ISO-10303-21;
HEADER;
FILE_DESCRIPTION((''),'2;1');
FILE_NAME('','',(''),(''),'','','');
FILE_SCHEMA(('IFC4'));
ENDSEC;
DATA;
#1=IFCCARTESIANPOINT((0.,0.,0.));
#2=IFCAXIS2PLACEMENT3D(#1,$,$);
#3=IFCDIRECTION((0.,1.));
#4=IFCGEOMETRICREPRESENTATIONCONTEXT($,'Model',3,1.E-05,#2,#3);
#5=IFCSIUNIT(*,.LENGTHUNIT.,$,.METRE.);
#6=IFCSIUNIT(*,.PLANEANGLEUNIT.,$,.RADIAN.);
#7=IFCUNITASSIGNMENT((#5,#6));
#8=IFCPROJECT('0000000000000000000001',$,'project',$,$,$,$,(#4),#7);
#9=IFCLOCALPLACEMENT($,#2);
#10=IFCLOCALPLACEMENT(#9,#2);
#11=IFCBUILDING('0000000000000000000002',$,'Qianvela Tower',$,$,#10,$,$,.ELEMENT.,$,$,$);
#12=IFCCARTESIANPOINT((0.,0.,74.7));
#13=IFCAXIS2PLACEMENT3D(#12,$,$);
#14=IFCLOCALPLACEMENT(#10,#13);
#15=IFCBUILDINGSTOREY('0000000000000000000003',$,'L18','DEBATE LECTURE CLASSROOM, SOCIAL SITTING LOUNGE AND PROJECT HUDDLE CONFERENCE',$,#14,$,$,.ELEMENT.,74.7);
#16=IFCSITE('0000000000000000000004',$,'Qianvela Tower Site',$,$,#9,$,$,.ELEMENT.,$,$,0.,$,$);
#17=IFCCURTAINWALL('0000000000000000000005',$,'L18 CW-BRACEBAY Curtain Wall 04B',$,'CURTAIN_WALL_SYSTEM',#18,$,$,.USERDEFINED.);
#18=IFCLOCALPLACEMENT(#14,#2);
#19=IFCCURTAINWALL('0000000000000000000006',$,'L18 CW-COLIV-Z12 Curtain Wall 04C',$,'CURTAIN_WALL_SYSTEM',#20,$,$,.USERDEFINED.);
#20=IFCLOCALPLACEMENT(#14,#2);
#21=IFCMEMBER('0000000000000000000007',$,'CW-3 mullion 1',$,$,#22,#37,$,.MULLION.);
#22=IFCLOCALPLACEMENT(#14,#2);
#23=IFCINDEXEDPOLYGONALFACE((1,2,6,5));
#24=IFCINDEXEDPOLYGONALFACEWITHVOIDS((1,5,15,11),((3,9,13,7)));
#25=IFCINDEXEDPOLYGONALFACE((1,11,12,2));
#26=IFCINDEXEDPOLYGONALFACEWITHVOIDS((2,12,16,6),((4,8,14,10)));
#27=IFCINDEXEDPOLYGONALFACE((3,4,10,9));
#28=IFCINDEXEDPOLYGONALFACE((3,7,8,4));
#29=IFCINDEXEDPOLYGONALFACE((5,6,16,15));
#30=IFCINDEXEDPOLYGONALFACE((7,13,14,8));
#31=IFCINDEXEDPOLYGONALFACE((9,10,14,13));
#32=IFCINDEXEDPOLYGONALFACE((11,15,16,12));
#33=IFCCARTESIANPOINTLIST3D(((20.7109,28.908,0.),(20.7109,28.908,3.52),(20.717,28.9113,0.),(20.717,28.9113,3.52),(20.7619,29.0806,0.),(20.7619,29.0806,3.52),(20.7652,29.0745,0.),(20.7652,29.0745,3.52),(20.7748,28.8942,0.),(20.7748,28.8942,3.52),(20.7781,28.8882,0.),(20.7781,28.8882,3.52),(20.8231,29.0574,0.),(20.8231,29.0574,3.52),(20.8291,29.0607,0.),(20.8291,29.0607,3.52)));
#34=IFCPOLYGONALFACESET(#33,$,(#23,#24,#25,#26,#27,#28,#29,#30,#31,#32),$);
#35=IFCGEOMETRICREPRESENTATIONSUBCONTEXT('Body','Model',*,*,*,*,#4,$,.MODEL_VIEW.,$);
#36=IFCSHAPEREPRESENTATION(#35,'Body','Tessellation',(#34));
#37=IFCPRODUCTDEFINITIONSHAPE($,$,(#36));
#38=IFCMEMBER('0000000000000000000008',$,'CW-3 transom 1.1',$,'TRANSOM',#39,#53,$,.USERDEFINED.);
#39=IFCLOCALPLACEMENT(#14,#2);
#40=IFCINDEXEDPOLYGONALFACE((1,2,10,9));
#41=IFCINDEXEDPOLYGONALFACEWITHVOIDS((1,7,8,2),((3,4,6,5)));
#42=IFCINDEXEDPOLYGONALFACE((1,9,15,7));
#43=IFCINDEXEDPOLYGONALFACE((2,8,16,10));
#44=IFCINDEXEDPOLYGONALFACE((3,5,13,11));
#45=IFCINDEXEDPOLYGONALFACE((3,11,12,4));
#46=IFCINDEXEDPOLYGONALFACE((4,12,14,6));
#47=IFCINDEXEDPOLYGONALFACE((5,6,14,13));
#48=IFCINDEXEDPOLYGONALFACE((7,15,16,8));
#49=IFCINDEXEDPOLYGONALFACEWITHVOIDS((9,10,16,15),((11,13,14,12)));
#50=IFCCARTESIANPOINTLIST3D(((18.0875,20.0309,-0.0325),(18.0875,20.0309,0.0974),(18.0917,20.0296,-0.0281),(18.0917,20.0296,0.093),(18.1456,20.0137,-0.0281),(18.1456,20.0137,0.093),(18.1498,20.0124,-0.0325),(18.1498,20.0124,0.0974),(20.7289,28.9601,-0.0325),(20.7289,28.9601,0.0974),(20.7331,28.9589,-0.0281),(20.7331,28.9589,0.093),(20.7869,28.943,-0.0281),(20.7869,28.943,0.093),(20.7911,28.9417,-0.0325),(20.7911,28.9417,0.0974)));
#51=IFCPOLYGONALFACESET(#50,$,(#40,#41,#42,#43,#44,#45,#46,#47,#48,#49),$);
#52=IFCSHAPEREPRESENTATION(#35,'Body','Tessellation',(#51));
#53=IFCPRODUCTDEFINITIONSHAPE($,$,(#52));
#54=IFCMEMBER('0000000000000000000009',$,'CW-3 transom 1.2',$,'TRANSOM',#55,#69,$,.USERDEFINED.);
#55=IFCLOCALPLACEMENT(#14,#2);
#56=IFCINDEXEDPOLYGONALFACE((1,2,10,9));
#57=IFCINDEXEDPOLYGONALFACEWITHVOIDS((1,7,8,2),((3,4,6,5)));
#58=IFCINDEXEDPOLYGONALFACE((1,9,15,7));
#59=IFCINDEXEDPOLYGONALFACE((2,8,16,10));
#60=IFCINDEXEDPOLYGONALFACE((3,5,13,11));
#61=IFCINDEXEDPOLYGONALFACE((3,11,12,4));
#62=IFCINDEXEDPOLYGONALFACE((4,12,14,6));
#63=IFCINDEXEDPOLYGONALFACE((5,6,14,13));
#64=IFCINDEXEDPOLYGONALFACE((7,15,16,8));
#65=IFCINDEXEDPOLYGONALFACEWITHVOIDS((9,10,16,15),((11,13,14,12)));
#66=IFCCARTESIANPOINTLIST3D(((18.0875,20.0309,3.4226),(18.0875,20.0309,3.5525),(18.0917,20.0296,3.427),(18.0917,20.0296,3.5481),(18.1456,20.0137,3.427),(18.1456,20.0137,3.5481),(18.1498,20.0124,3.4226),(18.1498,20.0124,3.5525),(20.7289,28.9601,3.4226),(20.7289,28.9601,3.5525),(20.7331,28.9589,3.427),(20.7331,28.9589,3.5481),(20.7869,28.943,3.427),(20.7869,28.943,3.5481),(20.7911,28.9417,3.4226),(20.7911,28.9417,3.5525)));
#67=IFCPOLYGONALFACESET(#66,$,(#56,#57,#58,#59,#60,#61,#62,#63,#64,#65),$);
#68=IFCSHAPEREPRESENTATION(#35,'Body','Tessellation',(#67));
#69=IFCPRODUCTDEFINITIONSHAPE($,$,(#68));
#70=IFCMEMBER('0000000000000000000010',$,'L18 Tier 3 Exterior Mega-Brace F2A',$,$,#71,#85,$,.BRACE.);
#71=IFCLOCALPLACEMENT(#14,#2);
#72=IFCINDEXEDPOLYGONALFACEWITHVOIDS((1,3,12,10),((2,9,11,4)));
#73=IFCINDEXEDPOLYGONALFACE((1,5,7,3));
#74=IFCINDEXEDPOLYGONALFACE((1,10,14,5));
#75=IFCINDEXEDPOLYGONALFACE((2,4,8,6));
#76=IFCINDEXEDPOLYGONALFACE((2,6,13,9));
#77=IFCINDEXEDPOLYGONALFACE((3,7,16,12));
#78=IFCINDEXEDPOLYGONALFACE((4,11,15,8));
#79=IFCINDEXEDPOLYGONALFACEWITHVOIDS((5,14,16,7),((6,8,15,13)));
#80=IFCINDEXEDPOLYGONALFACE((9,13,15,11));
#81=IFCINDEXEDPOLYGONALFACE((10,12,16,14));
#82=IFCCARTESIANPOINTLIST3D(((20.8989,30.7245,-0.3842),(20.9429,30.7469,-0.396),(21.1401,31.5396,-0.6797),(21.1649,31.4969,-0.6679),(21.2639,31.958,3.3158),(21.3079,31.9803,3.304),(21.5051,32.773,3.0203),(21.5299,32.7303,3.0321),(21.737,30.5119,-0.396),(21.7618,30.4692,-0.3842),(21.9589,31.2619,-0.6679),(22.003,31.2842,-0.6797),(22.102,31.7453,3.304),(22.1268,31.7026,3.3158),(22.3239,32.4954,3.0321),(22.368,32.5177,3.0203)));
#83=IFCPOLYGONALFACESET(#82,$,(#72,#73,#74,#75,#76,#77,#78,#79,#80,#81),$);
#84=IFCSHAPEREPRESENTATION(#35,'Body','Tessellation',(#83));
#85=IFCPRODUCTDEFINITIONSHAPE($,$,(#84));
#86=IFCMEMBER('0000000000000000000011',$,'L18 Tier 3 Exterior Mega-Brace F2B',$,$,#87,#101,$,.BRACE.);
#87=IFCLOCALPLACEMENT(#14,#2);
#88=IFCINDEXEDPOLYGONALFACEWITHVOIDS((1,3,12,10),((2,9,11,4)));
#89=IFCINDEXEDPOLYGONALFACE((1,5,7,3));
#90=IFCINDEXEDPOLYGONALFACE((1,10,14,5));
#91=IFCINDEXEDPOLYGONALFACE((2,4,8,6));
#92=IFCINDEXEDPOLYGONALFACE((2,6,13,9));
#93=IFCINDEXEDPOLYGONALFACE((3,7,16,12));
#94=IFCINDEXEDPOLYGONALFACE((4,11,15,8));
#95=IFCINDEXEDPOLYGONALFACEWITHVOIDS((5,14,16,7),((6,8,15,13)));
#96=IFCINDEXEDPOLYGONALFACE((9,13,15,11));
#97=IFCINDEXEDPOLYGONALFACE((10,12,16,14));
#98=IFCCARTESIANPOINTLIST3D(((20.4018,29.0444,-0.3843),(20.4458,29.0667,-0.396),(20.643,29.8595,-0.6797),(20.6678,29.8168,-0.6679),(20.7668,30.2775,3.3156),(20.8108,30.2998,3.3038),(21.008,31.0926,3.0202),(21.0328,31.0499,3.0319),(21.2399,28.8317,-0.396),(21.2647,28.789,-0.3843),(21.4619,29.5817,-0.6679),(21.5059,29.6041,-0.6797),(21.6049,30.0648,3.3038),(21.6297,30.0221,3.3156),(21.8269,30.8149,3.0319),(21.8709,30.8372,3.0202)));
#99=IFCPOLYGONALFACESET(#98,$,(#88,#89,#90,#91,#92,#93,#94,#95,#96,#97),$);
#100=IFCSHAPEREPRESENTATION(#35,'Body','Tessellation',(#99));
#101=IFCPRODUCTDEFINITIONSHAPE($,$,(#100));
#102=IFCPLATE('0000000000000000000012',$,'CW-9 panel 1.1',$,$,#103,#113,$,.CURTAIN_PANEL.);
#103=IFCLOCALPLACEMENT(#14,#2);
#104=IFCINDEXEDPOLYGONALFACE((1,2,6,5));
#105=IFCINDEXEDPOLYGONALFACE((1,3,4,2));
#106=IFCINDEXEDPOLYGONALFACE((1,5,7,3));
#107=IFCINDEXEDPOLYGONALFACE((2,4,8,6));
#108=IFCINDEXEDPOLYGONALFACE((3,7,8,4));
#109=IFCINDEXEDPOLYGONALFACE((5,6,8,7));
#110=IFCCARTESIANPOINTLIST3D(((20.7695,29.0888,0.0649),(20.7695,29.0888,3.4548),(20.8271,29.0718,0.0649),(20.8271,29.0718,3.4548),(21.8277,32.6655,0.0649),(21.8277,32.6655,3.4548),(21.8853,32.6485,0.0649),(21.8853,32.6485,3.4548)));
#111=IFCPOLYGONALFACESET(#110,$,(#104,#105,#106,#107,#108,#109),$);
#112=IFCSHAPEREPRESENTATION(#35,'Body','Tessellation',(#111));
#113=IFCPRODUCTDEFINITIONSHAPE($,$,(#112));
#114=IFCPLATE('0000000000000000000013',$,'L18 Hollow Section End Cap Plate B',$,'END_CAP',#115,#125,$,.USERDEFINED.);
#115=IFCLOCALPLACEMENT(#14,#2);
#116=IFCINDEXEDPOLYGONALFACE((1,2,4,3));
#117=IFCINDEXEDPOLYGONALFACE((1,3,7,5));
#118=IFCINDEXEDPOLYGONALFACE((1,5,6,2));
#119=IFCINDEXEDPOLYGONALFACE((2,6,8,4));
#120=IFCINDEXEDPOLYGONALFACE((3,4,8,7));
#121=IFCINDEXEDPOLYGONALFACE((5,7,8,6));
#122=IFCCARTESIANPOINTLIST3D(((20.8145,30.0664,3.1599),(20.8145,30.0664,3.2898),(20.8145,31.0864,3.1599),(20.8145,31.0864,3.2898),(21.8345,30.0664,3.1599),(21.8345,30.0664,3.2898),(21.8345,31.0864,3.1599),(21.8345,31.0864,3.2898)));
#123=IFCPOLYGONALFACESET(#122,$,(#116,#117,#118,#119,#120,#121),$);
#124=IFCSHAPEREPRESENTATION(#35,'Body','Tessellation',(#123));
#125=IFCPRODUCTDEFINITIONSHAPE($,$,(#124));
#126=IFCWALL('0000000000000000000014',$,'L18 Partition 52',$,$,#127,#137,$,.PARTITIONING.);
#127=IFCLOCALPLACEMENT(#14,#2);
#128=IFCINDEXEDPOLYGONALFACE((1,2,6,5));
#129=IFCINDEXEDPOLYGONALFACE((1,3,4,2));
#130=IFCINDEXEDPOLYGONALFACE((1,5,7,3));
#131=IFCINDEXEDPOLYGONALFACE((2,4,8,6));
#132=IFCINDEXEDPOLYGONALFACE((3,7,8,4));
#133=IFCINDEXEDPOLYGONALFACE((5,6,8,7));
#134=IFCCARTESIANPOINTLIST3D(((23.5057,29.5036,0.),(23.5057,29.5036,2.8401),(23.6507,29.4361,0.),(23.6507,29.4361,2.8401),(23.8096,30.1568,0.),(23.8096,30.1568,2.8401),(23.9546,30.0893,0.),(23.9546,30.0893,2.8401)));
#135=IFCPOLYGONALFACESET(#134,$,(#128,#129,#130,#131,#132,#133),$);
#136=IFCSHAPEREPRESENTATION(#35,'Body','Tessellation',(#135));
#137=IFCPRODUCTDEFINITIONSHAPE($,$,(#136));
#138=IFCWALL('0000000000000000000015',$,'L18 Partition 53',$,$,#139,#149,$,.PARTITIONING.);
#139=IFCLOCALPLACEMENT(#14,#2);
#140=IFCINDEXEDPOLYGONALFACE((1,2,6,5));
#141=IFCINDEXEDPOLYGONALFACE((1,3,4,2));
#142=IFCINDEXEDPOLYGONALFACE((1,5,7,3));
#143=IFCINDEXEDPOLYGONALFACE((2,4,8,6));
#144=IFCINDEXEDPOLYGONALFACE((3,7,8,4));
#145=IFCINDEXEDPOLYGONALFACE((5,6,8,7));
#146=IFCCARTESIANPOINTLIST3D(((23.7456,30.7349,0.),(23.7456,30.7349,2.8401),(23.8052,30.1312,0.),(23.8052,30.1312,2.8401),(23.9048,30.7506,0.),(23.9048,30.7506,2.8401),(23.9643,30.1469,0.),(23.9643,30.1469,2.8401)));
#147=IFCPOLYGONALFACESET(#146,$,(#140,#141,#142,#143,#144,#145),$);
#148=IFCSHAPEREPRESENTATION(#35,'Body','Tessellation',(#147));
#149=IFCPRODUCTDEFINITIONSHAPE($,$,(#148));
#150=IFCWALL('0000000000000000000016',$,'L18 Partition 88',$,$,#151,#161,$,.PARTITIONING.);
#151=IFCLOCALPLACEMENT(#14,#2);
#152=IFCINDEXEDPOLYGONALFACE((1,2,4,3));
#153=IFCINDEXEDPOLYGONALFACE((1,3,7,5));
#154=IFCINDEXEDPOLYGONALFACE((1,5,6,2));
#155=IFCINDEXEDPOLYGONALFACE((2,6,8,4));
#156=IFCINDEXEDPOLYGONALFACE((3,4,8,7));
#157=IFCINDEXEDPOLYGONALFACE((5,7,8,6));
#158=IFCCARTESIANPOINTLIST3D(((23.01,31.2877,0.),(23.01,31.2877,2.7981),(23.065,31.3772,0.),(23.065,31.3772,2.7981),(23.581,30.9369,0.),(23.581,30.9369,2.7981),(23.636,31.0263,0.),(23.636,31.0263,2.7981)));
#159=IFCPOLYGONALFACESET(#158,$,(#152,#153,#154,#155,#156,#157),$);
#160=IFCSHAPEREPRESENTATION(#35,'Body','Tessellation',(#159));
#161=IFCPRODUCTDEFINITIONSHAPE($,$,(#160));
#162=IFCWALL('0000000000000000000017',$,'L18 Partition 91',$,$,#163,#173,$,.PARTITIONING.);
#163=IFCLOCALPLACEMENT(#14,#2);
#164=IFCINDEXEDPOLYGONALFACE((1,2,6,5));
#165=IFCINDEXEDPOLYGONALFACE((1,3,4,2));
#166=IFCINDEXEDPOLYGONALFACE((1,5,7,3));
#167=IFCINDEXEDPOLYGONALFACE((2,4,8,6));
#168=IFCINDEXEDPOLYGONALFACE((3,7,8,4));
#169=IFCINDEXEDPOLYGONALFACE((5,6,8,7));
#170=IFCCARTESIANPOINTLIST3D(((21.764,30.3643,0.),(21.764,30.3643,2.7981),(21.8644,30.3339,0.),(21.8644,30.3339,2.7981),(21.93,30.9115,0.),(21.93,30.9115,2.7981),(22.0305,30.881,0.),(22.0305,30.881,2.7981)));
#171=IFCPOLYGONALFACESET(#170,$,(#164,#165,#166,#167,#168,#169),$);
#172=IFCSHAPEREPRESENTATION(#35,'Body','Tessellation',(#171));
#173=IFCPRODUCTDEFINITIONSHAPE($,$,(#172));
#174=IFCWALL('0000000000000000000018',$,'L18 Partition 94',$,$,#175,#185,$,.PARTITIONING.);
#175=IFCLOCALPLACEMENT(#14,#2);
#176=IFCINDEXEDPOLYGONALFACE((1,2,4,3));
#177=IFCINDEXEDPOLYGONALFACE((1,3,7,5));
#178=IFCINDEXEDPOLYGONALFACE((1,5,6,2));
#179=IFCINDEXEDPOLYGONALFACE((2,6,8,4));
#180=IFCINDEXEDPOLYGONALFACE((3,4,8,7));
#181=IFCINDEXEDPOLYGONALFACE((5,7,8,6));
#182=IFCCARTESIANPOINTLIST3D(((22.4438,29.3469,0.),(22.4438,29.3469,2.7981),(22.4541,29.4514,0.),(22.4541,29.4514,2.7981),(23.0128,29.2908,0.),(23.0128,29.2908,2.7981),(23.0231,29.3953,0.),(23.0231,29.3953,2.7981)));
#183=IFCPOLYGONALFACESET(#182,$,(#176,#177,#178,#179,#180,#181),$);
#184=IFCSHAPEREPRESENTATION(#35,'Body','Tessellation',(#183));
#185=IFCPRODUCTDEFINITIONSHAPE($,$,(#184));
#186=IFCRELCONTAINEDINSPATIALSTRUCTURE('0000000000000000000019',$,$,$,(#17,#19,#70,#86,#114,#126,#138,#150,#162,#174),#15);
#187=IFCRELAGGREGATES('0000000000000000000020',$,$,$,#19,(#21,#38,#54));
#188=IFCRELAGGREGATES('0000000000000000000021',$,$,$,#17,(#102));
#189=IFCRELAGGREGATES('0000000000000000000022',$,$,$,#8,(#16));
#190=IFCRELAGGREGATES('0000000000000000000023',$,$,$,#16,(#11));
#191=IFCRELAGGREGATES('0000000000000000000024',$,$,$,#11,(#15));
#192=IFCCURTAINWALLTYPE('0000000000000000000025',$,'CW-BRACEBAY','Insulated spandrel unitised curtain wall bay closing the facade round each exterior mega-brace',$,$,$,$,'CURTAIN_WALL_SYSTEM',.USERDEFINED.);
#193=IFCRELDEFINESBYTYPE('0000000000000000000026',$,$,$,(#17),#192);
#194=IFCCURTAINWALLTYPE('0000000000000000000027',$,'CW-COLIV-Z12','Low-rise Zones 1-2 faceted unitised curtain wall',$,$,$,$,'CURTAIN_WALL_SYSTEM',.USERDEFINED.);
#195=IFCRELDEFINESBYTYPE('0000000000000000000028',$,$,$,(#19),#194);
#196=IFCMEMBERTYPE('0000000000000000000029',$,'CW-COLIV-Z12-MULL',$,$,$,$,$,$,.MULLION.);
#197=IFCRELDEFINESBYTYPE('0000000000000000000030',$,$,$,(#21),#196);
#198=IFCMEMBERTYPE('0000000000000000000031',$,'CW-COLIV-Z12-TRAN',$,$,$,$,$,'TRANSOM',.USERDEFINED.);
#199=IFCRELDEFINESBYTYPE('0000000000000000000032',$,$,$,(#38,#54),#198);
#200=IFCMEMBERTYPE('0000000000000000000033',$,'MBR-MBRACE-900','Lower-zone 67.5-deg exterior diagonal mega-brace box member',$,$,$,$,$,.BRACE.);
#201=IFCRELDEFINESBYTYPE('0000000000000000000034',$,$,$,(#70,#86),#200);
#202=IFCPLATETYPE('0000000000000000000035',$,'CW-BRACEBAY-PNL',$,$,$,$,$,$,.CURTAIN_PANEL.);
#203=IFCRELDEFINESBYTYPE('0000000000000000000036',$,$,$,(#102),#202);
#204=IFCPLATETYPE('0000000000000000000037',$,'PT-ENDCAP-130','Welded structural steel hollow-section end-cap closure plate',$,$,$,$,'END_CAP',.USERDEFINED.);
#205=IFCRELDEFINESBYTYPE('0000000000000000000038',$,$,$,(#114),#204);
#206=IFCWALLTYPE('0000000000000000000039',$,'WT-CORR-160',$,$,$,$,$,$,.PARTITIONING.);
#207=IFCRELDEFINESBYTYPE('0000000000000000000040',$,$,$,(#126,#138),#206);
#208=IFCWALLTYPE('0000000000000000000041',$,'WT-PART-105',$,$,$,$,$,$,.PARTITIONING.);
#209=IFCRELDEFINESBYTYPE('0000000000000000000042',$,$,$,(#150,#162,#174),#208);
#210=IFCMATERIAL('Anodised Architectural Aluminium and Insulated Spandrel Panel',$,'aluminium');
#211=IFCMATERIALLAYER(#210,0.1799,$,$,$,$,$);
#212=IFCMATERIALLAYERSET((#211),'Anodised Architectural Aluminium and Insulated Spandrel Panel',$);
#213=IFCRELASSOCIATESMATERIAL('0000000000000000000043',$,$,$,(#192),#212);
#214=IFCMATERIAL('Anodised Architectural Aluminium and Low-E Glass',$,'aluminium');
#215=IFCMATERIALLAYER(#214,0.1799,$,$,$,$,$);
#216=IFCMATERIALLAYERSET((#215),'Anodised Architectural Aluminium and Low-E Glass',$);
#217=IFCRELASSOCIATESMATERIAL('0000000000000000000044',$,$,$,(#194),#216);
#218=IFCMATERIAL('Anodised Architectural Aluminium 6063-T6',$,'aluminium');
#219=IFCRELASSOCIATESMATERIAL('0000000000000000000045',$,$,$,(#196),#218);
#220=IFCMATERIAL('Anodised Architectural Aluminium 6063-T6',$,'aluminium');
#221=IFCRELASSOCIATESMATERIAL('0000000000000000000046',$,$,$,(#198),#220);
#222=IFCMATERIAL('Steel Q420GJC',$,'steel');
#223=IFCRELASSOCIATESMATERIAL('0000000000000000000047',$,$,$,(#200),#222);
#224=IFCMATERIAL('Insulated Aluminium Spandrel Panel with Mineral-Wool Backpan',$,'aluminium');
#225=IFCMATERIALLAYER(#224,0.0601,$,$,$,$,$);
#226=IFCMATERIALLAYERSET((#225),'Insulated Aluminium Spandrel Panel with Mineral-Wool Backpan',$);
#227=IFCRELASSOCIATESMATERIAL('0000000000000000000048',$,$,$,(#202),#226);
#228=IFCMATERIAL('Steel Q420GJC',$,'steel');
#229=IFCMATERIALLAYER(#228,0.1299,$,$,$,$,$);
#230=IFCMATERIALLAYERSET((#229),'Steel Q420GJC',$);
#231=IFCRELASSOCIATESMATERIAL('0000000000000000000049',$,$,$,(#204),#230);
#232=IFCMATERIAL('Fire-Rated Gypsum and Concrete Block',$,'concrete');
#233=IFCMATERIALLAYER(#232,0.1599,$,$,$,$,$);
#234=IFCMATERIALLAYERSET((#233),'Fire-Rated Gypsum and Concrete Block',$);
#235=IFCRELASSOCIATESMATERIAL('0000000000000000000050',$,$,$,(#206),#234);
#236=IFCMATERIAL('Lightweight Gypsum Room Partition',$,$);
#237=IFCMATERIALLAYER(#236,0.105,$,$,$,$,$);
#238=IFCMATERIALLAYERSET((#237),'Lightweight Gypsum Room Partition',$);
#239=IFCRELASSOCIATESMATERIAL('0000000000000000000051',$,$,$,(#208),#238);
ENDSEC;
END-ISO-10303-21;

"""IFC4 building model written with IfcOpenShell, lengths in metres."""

from ifc_helpers import new_model, si_unit, direction, frame, frame_2d, origin, origin_2d, place, context, subcontext, project, spatial, rectangle, hollow_rectangle, extrude, material, layer, layer_set, material_profile, profile_set, type_object, element, aggregate, save


model = new_model("IFC4")

# Units and contexts
model_context = context("Model", 3, precision=1e-05, world=origin(), true_north=direction((0.0, 1.0)))
body_context = subcontext(model_context, "Body", "Model", "MODEL_VIEW")
ifc_project = project(units=[si_unit("LENGTHUNIT", "METRE"), si_unit("PLANEANGLEUNIT", "RADIAN")], contexts=[model_context])

# Site, building, storey
site_placement = place(None, origin())
site = spatial("IfcSite", under=ifc_project, at=site_placement, Name="Qianvela Tower Site", CompositionType="ELEMENT", RefElevation=0.0)
building_placement = place(site_placement, origin())
building = spatial("IfcBuilding", under=site, at=building_placement, Name="Qianvela Tower", CompositionType="ELEMENT")
storey_placement = place(building_placement, frame((0.0, 0.0, 74.7)))
storey = spatial("IfcBuildingStorey", under=building, at=storey_placement, Name="L18", Description="DEBATE LECTURE CLASSROOM, SOCIAL SITTING LOUNGE AND PROJECT HUDDLE CONFERENCE", CompositionType="ELEMENT", Elevation=74.7)

# Curtain wall
ifc_material_1 = material(Name="Anodised Architectural Aluminium and Insulated Spandrel Panel", Category="aluminium")
ifc_layer_1 = layer(ifc_material_1, 0.1799)
ifc_layer_set_1 = layer_set([ifc_layer_1], Name="Anodised Architectural Aluminium and Insulated Spandrel Panel")
curtain_wall_type_1 = type_object("IfcCurtainWallType", Name="CW-BRACEBAY", Description="Insulated spandrel unitised curtain wall bay closing the facade round each exterior mega-brace", ElementType="CURTAIN_WALL_SYSTEM", PredefinedType="USERDEFINED", material=ifc_layer_set_1)
curtain_wall_1_placement = place(storey_placement, origin())
curtain_wall_1 = element("IfcCurtainWall", 1, at=curtain_wall_1_placement, inside=storey, type_object=curtain_wall_type_1, Name="L18 CW-BRACEBAY Curtain Wall 04B", ObjectType="CURTAIN_WALL_SYSTEM", PredefinedType="USERDEFINED")

# Curtain wall, members
ifc_material_2 = material(Name="Anodised Architectural Aluminium and Low-E Glass", Category="aluminium")
ifc_layer_2 = layer(ifc_material_2, 0.1799)
ifc_layer_set_2 = layer_set([ifc_layer_2], Name="Anodised Architectural Aluminium and Low-E Glass")
curtain_wall_type_2 = type_object("IfcCurtainWallType", Name="CW-COLIV-Z12", Description="Low-rise Zones 1-2 faceted unitised curtain wall", ElementType="CURTAIN_WALL_SYSTEM", PredefinedType="USERDEFINED", material=ifc_layer_set_2)
curtain_wall_2_placement = place(storey_placement, origin())
curtain_wall_2 = element("IfcCurtainWall", 2, at=curtain_wall_2_placement, inside=storey, type_object=curtain_wall_type_2, Name="L18 CW-COLIV-Z12 Curtain Wall 04C", ObjectType="CURTAIN_WALL_SYSTEM", PredefinedType="USERDEFINED")
ifc_material_3 = material(Name="Anodised Architectural Aluminium 6063-T6", Category="aluminium")
ifc_material_profile_1 = material_profile(ifc_material_3, hollow_rectangle(XDim=0.0701, YDim=0.1799, WallThickness=0.0049, at=origin_2d()), Name="ALU-MULL-70x180")
ifc_profile_set_1 = profile_set([ifc_material_profile_1], Name="Anodised Architectural Aluminium 6063-T6")
member_type_1 = type_object("IfcMemberType", Name="CW-COLIV-Z12-MULL", PredefinedType="MULLION", material=ifc_profile_set_1)
member_1_placement = place(storey_placement, frame((20.77, 28.9844, 0.0), z_axis=(0.0, 0.0, 1.0), x_axis=(0.958921, -0.283672, 0.0)))
member_1 = element("IfcMember", 3, at=member_1_placement, type_object=member_type_1, Name="CW-3 mullion 1", PredefinedType="MULLION", context=body_context, shape_type="SweptSolid", body=[
    extrude(hollow_rectangle(XDim=0.0701, YDim=0.1799, WallThickness=0.0049, at=origin_2d()), origin(), (0.0, 0.0, 1.0), 3.52),
])
ifc_material_4 = material(Name="Anodised Architectural Aluminium 6063-T6", Category="aluminium")
ifc_material_profile_2 = material_profile(ifc_material_4, hollow_rectangle(XDim=0.0649, YDim=0.1299, WallThickness=0.0044, at=origin_2d()), Name="ALU-TRAN-65x130")
ifc_profile_set_2 = profile_set([ifc_material_profile_2], Name="Anodised Architectural Aluminium 6063-T6")
member_type_2 = type_object("IfcMemberType", Name="CW-COLIV-Z12-TRAN", ElementType="TRANSOM", PredefinedType="USERDEFINED", material=ifc_profile_set_2)
member_2_placement = place(storey_placement, frame((20.76, 28.9509, 0.0325), z_axis=(-0.283661, -0.958925, 0.0), x_axis=(0.958925, -0.283661, 0.0)))
member_2 = element("IfcMember", 4, at=member_2_placement, type_object=member_type_2, Name="CW-3 transom 1.1", ObjectType="TRANSOM", PredefinedType="USERDEFINED", context=body_context, shape_type="SweptSolid", body=[
    extrude(hollow_rectangle(XDim=0.0649, YDim=0.1299, WallThickness=0.0044, at=origin_2d()), origin(), (0.0, 0.0, 1.0), 9.3118),
])
member_3_placement = place(storey_placement, frame((20.76, 28.9509, 3.4875), z_axis=(-0.283661, -0.958925, 0.0), x_axis=(0.958925, -0.283661, 0.0)))
member_3 = element("IfcMember", 5, at=member_3_placement, type_object=member_type_2, Name="CW-3 transom 1.2", ObjectType="TRANSOM", PredefinedType="USERDEFINED", context=body_context, shape_type="SweptSolid", body=[
    extrude(hollow_rectangle(XDim=0.0649, YDim=0.1299, WallThickness=0.0044, at=origin_2d()), origin(), (0.0, 0.0, 1.0), 9.3118),
])
aggregate(curtain_wall_2, [member_1, member_2, member_3])

# Members
ifc_material_5 = material(Name="Steel Q420GJC", Category="steel")
ifc_material_profile_3 = material_profile(ifc_material_5, hollow_rectangle(XDim=0.8999, YDim=0.8999, WallThickness=0.0359, at=origin_2d()), Name="MBOX-900x900x36")
ifc_profile_set_3 = profile_set([ifc_material_profile_3], Name="Steel Q420GJC")
member_type_3 = type_object("IfcMemberType", Name="MBR-MBRACE-900", Description="Lower-zone 67.5-deg exterior diagonal mega-brace box member", PredefinedType="BRACE", material=ifc_profile_set_3)
member_4_placement = place(storey_placement, frame((21.4509, 31.0044, -0.532), z_axis=(0.093177, 0.314871, 0.94455), x_axis=(-0.958896, 0.283759, 0.0)))
element("IfcMember", 6, at=member_4_placement, inside=storey, type_object=member_type_3, Name="L18 Tier 3 Exterior Mega-Brace F2A", PredefinedType="BRACE", context=body_context, shape_type="SweptSolid", body=[
    extrude(hollow_rectangle(XDim=0.8999, YDim=0.8999, WallThickness=0.0359, at=origin_2d()), origin(), (0.0, 0.0, 1.0), 3.9172),
])
member_5_placement = place(storey_placement, frame((20.9539, 29.3242, -0.532), z_axis=(0.093179, 0.314815, 0.944568), x_axis=(-0.95888, 0.28381, 0.0)))
element("IfcMember", 7, at=member_5_placement, inside=storey, type_object=member_type_3, Name="L18 Tier 3 Exterior Mega-Brace F2B", PredefinedType="BRACE", context=body_context, shape_type="SweptSolid", body=[
    extrude(hollow_rectangle(XDim=0.8999, YDim=0.8999, WallThickness=0.0359, at=origin_2d()), origin(), (0.0, 0.0, 1.0), 3.917),
])

# Plates
ifc_material_6 = material(Name="Insulated Aluminium Spandrel Panel with Mineral-Wool Backpan", Category="aluminium")
ifc_layer_3 = layer(ifc_material_6, 0.0601)
ifc_layer_set_3 = layer_set([ifc_layer_3], Name="Insulated Aluminium Spandrel Panel with Mineral-Wool Backpan")
plate_type_1 = type_object("IfcPlateType", Name="CW-BRACEBAY-PNL", PredefinedType="CURTAIN_PANEL", material=ifc_layer_set_3)
plate_1_placement = place(storey_placement, frame((21.3274, 30.8687, 0.0649), z_axis=(0.0, 0.0, 1.0), x_axis=(-0.283681, -0.958919, 0.0)))
plate_1 = element("IfcPlate", 8, at=plate_1_placement, type_object=plate_type_1, Name="CW-9 panel 1.1", PredefinedType="CURTAIN_PANEL", context=body_context, shape_type="SweptSolid", body=[
    extrude(rectangle(XDim=3.73, YDim=0.0601, at=origin_2d()), origin(), (0.0, 0.0, 1.0), 3.3899),
])
aggregate(curtain_wall_1, [plate_1])
ifc_material_7 = material(Name="Steel Q420GJC", Category="steel")
ifc_layer_4 = layer(ifc_material_7, 0.1299)
ifc_layer_set_4 = layer_set([ifc_layer_4], Name="Steel Q420GJC")
plate_type_2 = type_object("IfcPlateType", Name="PT-ENDCAP-130", Description="Welded structural steel hollow-section end-cap closure plate", ElementType="END_CAP", PredefinedType="USERDEFINED", material=ifc_layer_set_4)
plate_2_placement = place(storey_placement, frame((21.3245, 30.5764, 3.1599), z_axis=(0.0, 0.0, 1.0), x_axis=(1.0, 0.0, 0.0)))
element("IfcPlate", 9, at=plate_2_placement, inside=storey, type_object=plate_type_2, Name="L18 Hollow Section End Cap Plate B", ObjectType="END_CAP", PredefinedType="USERDEFINED", context=body_context, shape_type="SweptSolid", body=[
    extrude(rectangle(XDim=1.02, YDim=1.02, at=origin_2d()), origin(), (0.0, 0.0, 1.0), 0.1299),
])

# Walls
ifc_material_8 = material(Name="Fire-Rated Gypsum and Concrete Block", Category="concrete")
ifc_layer_5 = layer(ifc_material_8, 0.1599)
ifc_layer_set_5 = layer_set([ifc_layer_5], Name="Fire-Rated Gypsum and Concrete Block")
wall_type_1 = type_object("IfcWallType", Name="WT-CORR-160", PredefinedType="PARTITIONING", material=ifc_layer_set_5)
wall_1_placement = place(storey_placement, frame((23.5781, 29.4697, 0.0), z_axis=(0.0, 0.0, 1.0), x_axis=(0.421828, 0.906676, 0.0)))
element("IfcWall", 10, at=wall_1_placement, inside=storey, type_object=wall_type_1, Name="L18 Partition 52", PredefinedType="PARTITIONING", context=body_context, shape_type="SweptSolid", body=[
    extrude(rectangle(XDim=0.7205, YDim=0.1599, at=frame_2d((0.3604, 0.0))), origin(), (0.0, 0.0, 1.0), 2.8401),
])
wall_2_placement = place(storey_placement, frame((23.8848, 30.1392, 0.0), z_axis=(0.0, 0.0, 1.0), x_axis=(-0.098189, 0.995168, 0.0)))
element("IfcWall", 11, at=wall_2_placement, inside=storey, type_object=wall_type_1, Name="L18 Partition 53", PredefinedType="PARTITIONING", context=body_context, shape_type="SweptSolid", body=[
    extrude(rectangle(XDim=0.6067, YDim=0.1599, at=frame_2d((0.3032, 0.0))), origin(), (0.0, 0.0, 1.0), 2.8401),
])
ifc_material_9 = material(Name="Lightweight Gypsum Room Partition")
ifc_layer_6 = layer(ifc_material_9, 0.105)
ifc_layer_set_6 = layer_set([ifc_layer_6], Name="Lightweight Gypsum Room Partition")
wall_type_2 = type_object("IfcWallType", Name="WT-PART-105", PredefinedType="PARTITIONING", material=ifc_layer_set_6)
wall_3_placement = place(storey_placement, frame((23.6084, 30.9817, 0.0), z_axis=(0.0, 0.0, 1.0), x_axis=(-0.852046, 0.523467, 0.0)))
element("IfcWall", 12, at=wall_3_placement, inside=storey, type_object=wall_type_2, Name="L18 Partition 88", PredefinedType="PARTITIONING", context=body_context, shape_type="SweptSolid", body=[
    extrude(rectangle(XDim=0.6702, YDim=0.105, at=frame_2d((0.335, 0.0))), origin(), (0.0, 0.0, 1.0), 2.7981),
])
for number, where, z_axis, x_axis, name in (
    (13, (21.9802, 30.8962, 0.0), (0.0, 0.0, 1.0), (-0.290363, -0.956917, 0.0), "L18 Partition 91"),
    (14, (22.449, 29.3992, 0.0), (0.0, 0.0, 1.0), (0.995167, -0.098193, 0.0), "L18 Partition 94"),
):
    element("IfcWall", number, at=place(storey_placement, frame(where, z_axis=z_axis, x_axis=x_axis)), inside=storey, type_object=wall_type_2, Name=name, PredefinedType="PARTITIONING", context=body_context, shape_type="SweptSolid", body=[
        extrude(rectangle(XDim=0.5718, YDim=0.105, at=frame_2d((0.2859, 0.0))), origin(), (0.0, 0.0, 1.0), 2.7981),
    ])

save(model, "model.ifc")
